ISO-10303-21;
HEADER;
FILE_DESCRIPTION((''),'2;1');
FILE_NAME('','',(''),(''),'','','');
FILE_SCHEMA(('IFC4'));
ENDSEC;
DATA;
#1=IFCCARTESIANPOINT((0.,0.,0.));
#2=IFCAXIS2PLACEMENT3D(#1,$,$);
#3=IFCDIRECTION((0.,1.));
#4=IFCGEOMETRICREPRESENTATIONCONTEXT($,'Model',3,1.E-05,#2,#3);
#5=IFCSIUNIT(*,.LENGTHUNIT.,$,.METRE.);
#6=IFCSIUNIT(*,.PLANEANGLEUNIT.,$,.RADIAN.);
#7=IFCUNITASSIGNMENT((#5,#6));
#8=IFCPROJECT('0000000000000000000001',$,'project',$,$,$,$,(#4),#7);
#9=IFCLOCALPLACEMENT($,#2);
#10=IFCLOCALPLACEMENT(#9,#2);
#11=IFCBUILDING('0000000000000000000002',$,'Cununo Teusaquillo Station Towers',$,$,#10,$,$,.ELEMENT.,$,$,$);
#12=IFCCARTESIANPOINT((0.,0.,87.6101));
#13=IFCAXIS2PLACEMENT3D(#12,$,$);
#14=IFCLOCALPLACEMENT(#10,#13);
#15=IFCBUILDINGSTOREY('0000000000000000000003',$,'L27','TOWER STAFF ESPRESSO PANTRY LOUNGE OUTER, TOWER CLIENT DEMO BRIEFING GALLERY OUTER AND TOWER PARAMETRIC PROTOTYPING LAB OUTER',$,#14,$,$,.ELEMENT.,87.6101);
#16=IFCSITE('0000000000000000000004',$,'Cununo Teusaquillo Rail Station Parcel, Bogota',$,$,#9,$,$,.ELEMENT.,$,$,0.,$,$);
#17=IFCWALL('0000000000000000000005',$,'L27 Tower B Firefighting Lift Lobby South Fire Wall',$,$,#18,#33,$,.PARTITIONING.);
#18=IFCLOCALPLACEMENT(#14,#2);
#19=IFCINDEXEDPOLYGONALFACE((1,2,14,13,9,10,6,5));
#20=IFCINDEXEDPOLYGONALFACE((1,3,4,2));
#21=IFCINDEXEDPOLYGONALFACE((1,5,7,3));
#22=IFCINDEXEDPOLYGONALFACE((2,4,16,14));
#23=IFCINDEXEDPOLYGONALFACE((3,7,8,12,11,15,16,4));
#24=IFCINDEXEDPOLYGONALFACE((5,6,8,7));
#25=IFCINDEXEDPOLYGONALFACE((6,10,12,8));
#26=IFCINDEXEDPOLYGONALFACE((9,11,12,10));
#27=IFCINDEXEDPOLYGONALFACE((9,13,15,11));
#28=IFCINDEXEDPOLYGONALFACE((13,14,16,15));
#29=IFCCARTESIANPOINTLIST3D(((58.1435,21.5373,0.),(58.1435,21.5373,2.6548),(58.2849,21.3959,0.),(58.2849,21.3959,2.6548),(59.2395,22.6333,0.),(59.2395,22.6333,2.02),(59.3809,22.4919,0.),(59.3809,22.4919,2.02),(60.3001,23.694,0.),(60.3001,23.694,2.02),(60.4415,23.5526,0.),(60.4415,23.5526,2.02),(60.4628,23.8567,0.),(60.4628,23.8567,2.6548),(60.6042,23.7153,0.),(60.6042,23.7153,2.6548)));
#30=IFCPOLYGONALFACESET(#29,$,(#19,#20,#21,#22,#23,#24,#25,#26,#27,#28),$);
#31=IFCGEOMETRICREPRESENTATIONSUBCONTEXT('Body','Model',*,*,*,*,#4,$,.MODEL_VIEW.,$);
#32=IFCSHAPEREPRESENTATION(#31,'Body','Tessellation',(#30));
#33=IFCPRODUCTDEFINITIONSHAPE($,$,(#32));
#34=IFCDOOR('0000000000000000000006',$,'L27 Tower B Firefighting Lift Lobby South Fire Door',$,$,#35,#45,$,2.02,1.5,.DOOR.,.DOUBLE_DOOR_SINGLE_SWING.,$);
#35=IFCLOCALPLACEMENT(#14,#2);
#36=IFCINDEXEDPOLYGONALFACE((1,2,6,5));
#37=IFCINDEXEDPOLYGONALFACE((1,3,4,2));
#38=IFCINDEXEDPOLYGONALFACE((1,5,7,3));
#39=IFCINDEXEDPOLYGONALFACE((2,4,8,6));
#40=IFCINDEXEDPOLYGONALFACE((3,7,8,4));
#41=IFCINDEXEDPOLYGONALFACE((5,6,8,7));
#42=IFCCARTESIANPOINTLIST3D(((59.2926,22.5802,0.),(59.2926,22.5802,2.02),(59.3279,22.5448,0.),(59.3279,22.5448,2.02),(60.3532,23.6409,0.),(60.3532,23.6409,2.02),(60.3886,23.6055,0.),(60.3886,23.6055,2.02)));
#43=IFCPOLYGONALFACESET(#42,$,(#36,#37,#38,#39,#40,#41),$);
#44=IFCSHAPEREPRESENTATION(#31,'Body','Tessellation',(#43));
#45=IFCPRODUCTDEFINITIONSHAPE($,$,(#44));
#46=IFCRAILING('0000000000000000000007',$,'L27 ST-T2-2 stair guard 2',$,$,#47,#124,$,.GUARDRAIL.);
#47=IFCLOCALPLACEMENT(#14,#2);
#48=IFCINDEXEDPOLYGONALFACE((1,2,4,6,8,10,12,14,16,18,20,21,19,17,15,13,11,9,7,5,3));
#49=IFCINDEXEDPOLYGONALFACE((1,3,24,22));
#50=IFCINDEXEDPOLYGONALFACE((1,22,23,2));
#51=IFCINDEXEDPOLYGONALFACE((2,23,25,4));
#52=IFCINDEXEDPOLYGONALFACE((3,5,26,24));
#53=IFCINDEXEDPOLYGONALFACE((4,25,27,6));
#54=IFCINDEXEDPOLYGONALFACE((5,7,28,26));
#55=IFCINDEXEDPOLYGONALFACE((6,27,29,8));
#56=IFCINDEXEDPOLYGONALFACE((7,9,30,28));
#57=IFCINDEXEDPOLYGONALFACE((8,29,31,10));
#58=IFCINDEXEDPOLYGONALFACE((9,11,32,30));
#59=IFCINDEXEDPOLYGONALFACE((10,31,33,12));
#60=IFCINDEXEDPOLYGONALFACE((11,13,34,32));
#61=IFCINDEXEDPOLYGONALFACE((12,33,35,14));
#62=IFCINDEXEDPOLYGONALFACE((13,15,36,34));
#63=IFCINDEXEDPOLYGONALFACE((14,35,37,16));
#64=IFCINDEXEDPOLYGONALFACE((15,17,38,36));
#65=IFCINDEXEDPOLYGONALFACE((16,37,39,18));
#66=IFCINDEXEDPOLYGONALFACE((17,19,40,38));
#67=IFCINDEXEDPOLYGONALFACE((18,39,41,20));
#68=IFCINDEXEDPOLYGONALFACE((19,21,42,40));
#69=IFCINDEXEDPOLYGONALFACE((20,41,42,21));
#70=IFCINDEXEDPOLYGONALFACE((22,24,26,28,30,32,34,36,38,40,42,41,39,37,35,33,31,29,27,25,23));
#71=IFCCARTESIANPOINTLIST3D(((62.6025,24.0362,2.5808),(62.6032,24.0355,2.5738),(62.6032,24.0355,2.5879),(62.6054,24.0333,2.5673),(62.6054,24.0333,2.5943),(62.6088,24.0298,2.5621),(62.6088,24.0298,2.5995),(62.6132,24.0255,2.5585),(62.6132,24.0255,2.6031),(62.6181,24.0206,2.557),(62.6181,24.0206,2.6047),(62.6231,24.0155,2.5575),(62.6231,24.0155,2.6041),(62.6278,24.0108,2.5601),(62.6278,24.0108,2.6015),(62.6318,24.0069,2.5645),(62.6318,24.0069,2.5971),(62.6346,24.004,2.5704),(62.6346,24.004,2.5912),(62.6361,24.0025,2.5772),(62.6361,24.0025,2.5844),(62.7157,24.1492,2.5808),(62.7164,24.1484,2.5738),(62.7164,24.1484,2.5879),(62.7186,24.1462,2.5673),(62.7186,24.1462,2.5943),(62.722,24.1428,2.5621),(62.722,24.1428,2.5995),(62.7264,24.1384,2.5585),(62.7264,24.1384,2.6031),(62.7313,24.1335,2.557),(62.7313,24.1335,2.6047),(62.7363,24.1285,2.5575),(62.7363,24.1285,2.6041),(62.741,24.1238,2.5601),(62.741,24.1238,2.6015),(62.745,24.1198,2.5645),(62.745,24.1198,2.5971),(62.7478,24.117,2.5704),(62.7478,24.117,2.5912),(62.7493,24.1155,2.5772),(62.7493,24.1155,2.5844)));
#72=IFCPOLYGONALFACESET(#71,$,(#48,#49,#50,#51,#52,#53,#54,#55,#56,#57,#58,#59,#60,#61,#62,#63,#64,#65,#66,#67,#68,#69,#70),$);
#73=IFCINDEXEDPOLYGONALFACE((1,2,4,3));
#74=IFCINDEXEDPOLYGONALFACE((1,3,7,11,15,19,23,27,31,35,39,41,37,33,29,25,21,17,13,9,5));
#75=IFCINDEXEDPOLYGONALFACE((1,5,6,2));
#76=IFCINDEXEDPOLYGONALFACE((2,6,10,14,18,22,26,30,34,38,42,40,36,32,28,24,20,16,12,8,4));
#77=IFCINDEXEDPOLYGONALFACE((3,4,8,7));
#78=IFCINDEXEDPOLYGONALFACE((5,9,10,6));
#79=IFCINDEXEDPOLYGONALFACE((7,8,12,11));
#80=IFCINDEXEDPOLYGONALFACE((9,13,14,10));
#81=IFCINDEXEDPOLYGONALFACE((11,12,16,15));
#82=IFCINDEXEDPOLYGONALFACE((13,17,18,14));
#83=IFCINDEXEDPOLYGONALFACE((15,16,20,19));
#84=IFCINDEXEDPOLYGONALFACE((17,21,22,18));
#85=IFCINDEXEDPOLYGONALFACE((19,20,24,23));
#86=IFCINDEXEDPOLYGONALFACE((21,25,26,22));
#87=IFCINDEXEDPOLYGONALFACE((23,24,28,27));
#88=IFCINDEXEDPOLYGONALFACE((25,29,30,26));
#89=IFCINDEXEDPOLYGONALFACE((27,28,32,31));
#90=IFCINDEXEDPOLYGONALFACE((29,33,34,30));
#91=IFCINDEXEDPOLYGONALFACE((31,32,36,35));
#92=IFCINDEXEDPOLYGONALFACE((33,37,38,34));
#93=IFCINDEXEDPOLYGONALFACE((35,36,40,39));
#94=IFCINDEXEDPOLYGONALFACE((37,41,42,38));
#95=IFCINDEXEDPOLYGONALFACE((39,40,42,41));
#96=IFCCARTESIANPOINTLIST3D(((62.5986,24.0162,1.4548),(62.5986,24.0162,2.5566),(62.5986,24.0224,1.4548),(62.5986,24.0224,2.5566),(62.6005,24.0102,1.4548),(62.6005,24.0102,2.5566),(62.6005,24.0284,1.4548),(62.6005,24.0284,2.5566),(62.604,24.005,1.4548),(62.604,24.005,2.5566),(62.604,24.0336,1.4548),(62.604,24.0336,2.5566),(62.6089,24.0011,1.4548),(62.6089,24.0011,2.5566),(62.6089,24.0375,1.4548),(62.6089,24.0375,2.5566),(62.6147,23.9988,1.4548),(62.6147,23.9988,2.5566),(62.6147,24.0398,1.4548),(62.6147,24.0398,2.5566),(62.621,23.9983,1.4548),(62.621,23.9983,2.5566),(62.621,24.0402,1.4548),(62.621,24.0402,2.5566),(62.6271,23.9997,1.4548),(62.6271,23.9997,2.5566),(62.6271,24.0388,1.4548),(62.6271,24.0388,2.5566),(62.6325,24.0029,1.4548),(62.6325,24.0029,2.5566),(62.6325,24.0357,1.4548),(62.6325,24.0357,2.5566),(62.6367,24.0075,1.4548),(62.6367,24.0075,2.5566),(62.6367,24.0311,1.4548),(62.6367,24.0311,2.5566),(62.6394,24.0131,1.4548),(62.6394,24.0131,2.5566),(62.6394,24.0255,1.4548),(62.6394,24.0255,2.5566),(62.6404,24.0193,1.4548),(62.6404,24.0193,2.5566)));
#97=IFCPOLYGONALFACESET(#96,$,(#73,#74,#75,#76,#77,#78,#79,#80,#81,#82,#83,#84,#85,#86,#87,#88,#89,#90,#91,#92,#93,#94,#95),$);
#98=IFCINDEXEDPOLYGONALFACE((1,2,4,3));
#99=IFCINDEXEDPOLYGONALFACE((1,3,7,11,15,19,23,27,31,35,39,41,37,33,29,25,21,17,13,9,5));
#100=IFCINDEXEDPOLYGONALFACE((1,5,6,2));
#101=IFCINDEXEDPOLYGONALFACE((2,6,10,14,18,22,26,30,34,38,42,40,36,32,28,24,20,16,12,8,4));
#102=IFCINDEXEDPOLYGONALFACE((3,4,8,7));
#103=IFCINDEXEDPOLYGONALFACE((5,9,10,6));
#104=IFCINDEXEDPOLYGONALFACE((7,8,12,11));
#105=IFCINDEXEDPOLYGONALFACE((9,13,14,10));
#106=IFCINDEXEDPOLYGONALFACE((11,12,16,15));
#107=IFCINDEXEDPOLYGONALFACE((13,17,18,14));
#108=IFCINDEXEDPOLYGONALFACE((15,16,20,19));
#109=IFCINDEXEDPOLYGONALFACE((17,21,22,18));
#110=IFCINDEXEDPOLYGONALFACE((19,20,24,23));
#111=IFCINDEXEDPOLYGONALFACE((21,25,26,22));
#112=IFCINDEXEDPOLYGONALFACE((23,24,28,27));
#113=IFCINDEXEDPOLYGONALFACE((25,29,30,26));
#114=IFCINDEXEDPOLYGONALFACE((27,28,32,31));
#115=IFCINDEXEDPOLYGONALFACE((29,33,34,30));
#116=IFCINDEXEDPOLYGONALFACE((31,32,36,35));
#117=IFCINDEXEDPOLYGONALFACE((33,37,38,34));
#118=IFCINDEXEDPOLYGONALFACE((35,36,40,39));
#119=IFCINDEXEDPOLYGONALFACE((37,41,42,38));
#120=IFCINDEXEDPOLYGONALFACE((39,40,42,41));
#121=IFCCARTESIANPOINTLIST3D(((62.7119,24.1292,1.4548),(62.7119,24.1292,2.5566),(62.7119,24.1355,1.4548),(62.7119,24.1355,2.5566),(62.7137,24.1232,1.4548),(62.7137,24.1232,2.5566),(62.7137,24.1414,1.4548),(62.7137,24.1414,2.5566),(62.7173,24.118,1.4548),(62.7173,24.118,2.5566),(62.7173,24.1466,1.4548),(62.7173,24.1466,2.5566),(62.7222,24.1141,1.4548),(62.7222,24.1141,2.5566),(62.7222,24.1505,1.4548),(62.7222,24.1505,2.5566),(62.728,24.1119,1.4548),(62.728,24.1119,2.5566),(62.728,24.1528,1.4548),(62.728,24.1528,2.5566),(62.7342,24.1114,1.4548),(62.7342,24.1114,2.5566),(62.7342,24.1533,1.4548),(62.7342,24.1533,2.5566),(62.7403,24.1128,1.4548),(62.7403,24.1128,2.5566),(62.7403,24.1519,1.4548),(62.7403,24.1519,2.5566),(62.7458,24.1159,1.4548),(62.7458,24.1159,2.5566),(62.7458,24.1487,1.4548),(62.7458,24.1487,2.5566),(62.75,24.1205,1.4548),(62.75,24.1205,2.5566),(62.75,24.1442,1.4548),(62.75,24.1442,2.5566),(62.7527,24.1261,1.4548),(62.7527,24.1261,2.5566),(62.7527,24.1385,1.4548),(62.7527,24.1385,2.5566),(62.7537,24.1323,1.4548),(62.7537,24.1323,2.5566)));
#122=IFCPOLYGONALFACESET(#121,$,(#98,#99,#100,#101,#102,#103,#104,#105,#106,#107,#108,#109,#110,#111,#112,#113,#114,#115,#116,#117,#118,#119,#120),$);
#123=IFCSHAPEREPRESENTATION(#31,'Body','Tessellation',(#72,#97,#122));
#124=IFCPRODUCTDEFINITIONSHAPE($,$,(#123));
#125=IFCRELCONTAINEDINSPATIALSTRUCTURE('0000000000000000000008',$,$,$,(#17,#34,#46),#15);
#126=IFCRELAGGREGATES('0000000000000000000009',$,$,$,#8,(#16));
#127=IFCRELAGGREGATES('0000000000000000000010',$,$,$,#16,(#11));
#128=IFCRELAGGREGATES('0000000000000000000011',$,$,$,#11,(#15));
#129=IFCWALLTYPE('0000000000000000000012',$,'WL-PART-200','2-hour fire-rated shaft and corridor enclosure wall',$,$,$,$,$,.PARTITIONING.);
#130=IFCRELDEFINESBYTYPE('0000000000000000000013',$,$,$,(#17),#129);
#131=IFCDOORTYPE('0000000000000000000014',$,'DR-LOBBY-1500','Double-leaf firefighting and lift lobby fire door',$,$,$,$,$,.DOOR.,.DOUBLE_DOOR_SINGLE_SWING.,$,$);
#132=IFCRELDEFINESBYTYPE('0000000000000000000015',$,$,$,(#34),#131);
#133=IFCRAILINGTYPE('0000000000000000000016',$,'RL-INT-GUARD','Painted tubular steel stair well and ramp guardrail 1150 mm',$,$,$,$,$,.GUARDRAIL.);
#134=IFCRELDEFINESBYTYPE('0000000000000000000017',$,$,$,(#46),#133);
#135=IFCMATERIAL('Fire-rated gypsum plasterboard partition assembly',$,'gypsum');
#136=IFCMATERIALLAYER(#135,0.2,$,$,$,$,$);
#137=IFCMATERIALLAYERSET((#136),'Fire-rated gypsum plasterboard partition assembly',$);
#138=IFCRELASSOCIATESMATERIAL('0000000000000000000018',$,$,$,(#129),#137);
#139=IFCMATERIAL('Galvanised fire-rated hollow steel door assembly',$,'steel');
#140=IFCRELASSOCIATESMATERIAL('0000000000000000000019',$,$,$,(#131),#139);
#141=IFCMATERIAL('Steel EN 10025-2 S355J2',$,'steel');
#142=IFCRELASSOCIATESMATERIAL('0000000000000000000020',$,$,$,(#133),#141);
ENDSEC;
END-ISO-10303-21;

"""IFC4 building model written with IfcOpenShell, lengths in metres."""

from ifc_helpers import new_model, si_unit, direction, frame, frame_2d, origin, origin_2d, place, context, subcontext, project, spatial, rectangle, circle, extrude, source, transform, mapped, material, layer, layer_set, type_object, element, fill, save


model = new_model("IFC4")

# Units and contexts
model_context = context("Model", 3, precision=1e-05, world=origin(), true_north=direction((0.0, 1.0)))
body_context = subcontext(model_context, "Body", "Model", "MODEL_VIEW")
ifc_project = project(units=[si_unit("LENGTHUNIT", "METRE"), si_unit("PLANEANGLEUNIT", "RADIAN")], contexts=[model_context])

# Site, building, storey
site_placement = place(None, origin())
site = spatial("IfcSite", under=ifc_project, at=site_placement, Name="Cununo Teusaquillo Rail Station Parcel, Bogota", CompositionType="ELEMENT", RefElevation=0.0)
building_placement = place(site_placement, origin())
building = spatial("IfcBuilding", under=site, at=building_placement, Name="Cununo Teusaquillo Station Towers", CompositionType="ELEMENT")
storey_placement = place(building_placement, frame((0.0, 0.0, 87.6101)))
storey = spatial("IfcBuildingStorey", under=building, at=storey_placement, Name="L27", Description="TOWER STAFF ESPRESSO PANTRY LOUNGE OUTER, TOWER CLIENT DEMO BRIEFING GALLERY OUTER AND TOWER PARAMETRIC PROTOTYPING LAB OUTER", CompositionType="ELEMENT", Elevation=87.6101)

# Wall, opening, door
ifc_material_1 = material(Name="Fire-rated gypsum plasterboard partition assembly", Category="gypsum")
ifc_layer_1 = layer(ifc_material_1, 0.2)
ifc_layer_set_1 = layer_set([ifc_layer_1], Name="Fire-rated gypsum plasterboard partition assembly")
wall_type_1 = type_object("IfcWallType", Name="WL-PART-200", Description="2-hour fire-rated shaft and corridor enclosure wall", PredefinedType="PARTITIONING", material=ifc_layer_set_1)
wall_1_placement = place(storey_placement, frame((58.2141, 21.4666, 0.0), z_axis=(0.0, 0.0, 1.0), x_axis=(0.707107, 0.707107, 0.0)))
wall_1 = element("IfcWall", 1, at=wall_1_placement, inside=storey, type_object=wall_type_1, Name="L27 Tower B Firefighting Lift Lobby South Fire Wall", PredefinedType="PARTITIONING", context=body_context, shape_type="SweptSolid", body=[
    extrude(rectangle(XDim=3.28, YDim=0.2, at=frame_2d((1.6401, 0.0))), origin(), (0.0, 0.0, 1.0), 2.6548),
])
shared_shape_1 = source(origin(), body_context, "Body", "SweptSolid", [
    extrude(rectangle(XDim=1.5, YDim=2.02, at=frame_2d((0.75, 1.01))), frame((0.0, 0.1099, 0.0), z_axis=(0.0, -1.0, 0.0), x_axis=(1.0, 0.0, 0.0)), (0.0, 0.0, 1.0), 0.22),
])
opening_1_placement = place(wall_1_placement, frame((1.55, 0.0, 0.0)))
opening_1 = element("IfcOpeningElement", 2, at=opening_1_placement, cuts=wall_1, PredefinedType="OPENING", context=body_context, shape_type="MappedRepresentation", body=[
    mapped(shared_shape_1, transform((0.0, 0.0, 0.0), x_axis=(1.0, 0.0, 0.0), y_axis=(0.0, 1.0, 0.0), z_axis=(0.0, 0.0, 1.0), scale=1.0)),
])
ifc_material_2 = material(Name="Galvanised fire-rated hollow steel door assembly", Category="steel")
door_type_1 = type_object("IfcDoorType", Name="DR-LOBBY-1500", Description="Double-leaf firefighting and lift lobby fire door", OperationType="DOUBLE_DOOR_SINGLE_SWING", PredefinedType="DOOR", material=ifc_material_2)
shared_shape_2 = source(origin(), body_context, "Body", "SweptSolid", [
    extrude(rectangle(XDim=1.5, YDim=2.02, at=frame_2d((0.75, 1.01))), frame((0.0, 0.0249, 0.0), z_axis=(0.0, -1.0, 0.0), x_axis=(1.0, 0.0, 0.0)), (0.0, 0.0, 1.0), 0.05),
])
door_1_placement = place(opening_1_placement, origin())
door_1 = element("IfcDoor", 3, at=door_1_placement, inside=storey, type_object=door_type_1, Name="L27 Tower B Firefighting Lift Lobby South Fire Door", OperationType="DOUBLE_DOOR_SINGLE_SWING", OverallHeight=2.02, OverallWidth=1.5, PredefinedType="DOOR", context=body_context, shape_type="MappedRepresentation", body=[
    mapped(shared_shape_2, transform((0.0, 0.0, 0.0), x_axis=(1.0, 0.0, 0.0), y_axis=(0.0, 1.0, 0.0), z_axis=(0.0, 0.0, 1.0), scale=1.0)),
])
fill(opening_1, door_1)

# Railing
ifc_material_3 = material(Name="Steel EN 10025-2 S355J2", Category="steel")
railing_type = type_object("IfcRailingType", Name="RL-INT-GUARD", Description="Painted tubular steel stair well and ramp guardrail 1150 mm", PredefinedType="GUARDRAIL", material=ifc_material_3)
railing_1_placement = place(storey_placement, frame((62.6194, 24.0193, 1.4548)))
element("IfcRailing", 4, at=railing_1_placement, inside=storey, type_object=railing_type, Name="L27 ST-T2-2 stair guard 2", PredefinedType="GUARDRAIL", context=body_context, shape_type="SweptSolid", body=[
    extrude(circle(Radius=0.0239, at=origin_2d()), frame((0.0, 0.0, 1.126), z_axis=(0.707869, 0.706344, 0.0), x_axis=(-0.706344, 0.707869, 0.0)), (0.0, 0.0, 1.0), 0.1599),
    extrude(circle(Radius=0.021, at=origin_2d()), origin(), (0.0, 0.0, 1.0), 1.1018),
    extrude(circle(Radius=0.021, at=origin_2d()), frame((0.1133, 0.113, 0.0)), (0.0, 0.0, 1.0), 1.1018),
])

save(model, "model.ifc")
